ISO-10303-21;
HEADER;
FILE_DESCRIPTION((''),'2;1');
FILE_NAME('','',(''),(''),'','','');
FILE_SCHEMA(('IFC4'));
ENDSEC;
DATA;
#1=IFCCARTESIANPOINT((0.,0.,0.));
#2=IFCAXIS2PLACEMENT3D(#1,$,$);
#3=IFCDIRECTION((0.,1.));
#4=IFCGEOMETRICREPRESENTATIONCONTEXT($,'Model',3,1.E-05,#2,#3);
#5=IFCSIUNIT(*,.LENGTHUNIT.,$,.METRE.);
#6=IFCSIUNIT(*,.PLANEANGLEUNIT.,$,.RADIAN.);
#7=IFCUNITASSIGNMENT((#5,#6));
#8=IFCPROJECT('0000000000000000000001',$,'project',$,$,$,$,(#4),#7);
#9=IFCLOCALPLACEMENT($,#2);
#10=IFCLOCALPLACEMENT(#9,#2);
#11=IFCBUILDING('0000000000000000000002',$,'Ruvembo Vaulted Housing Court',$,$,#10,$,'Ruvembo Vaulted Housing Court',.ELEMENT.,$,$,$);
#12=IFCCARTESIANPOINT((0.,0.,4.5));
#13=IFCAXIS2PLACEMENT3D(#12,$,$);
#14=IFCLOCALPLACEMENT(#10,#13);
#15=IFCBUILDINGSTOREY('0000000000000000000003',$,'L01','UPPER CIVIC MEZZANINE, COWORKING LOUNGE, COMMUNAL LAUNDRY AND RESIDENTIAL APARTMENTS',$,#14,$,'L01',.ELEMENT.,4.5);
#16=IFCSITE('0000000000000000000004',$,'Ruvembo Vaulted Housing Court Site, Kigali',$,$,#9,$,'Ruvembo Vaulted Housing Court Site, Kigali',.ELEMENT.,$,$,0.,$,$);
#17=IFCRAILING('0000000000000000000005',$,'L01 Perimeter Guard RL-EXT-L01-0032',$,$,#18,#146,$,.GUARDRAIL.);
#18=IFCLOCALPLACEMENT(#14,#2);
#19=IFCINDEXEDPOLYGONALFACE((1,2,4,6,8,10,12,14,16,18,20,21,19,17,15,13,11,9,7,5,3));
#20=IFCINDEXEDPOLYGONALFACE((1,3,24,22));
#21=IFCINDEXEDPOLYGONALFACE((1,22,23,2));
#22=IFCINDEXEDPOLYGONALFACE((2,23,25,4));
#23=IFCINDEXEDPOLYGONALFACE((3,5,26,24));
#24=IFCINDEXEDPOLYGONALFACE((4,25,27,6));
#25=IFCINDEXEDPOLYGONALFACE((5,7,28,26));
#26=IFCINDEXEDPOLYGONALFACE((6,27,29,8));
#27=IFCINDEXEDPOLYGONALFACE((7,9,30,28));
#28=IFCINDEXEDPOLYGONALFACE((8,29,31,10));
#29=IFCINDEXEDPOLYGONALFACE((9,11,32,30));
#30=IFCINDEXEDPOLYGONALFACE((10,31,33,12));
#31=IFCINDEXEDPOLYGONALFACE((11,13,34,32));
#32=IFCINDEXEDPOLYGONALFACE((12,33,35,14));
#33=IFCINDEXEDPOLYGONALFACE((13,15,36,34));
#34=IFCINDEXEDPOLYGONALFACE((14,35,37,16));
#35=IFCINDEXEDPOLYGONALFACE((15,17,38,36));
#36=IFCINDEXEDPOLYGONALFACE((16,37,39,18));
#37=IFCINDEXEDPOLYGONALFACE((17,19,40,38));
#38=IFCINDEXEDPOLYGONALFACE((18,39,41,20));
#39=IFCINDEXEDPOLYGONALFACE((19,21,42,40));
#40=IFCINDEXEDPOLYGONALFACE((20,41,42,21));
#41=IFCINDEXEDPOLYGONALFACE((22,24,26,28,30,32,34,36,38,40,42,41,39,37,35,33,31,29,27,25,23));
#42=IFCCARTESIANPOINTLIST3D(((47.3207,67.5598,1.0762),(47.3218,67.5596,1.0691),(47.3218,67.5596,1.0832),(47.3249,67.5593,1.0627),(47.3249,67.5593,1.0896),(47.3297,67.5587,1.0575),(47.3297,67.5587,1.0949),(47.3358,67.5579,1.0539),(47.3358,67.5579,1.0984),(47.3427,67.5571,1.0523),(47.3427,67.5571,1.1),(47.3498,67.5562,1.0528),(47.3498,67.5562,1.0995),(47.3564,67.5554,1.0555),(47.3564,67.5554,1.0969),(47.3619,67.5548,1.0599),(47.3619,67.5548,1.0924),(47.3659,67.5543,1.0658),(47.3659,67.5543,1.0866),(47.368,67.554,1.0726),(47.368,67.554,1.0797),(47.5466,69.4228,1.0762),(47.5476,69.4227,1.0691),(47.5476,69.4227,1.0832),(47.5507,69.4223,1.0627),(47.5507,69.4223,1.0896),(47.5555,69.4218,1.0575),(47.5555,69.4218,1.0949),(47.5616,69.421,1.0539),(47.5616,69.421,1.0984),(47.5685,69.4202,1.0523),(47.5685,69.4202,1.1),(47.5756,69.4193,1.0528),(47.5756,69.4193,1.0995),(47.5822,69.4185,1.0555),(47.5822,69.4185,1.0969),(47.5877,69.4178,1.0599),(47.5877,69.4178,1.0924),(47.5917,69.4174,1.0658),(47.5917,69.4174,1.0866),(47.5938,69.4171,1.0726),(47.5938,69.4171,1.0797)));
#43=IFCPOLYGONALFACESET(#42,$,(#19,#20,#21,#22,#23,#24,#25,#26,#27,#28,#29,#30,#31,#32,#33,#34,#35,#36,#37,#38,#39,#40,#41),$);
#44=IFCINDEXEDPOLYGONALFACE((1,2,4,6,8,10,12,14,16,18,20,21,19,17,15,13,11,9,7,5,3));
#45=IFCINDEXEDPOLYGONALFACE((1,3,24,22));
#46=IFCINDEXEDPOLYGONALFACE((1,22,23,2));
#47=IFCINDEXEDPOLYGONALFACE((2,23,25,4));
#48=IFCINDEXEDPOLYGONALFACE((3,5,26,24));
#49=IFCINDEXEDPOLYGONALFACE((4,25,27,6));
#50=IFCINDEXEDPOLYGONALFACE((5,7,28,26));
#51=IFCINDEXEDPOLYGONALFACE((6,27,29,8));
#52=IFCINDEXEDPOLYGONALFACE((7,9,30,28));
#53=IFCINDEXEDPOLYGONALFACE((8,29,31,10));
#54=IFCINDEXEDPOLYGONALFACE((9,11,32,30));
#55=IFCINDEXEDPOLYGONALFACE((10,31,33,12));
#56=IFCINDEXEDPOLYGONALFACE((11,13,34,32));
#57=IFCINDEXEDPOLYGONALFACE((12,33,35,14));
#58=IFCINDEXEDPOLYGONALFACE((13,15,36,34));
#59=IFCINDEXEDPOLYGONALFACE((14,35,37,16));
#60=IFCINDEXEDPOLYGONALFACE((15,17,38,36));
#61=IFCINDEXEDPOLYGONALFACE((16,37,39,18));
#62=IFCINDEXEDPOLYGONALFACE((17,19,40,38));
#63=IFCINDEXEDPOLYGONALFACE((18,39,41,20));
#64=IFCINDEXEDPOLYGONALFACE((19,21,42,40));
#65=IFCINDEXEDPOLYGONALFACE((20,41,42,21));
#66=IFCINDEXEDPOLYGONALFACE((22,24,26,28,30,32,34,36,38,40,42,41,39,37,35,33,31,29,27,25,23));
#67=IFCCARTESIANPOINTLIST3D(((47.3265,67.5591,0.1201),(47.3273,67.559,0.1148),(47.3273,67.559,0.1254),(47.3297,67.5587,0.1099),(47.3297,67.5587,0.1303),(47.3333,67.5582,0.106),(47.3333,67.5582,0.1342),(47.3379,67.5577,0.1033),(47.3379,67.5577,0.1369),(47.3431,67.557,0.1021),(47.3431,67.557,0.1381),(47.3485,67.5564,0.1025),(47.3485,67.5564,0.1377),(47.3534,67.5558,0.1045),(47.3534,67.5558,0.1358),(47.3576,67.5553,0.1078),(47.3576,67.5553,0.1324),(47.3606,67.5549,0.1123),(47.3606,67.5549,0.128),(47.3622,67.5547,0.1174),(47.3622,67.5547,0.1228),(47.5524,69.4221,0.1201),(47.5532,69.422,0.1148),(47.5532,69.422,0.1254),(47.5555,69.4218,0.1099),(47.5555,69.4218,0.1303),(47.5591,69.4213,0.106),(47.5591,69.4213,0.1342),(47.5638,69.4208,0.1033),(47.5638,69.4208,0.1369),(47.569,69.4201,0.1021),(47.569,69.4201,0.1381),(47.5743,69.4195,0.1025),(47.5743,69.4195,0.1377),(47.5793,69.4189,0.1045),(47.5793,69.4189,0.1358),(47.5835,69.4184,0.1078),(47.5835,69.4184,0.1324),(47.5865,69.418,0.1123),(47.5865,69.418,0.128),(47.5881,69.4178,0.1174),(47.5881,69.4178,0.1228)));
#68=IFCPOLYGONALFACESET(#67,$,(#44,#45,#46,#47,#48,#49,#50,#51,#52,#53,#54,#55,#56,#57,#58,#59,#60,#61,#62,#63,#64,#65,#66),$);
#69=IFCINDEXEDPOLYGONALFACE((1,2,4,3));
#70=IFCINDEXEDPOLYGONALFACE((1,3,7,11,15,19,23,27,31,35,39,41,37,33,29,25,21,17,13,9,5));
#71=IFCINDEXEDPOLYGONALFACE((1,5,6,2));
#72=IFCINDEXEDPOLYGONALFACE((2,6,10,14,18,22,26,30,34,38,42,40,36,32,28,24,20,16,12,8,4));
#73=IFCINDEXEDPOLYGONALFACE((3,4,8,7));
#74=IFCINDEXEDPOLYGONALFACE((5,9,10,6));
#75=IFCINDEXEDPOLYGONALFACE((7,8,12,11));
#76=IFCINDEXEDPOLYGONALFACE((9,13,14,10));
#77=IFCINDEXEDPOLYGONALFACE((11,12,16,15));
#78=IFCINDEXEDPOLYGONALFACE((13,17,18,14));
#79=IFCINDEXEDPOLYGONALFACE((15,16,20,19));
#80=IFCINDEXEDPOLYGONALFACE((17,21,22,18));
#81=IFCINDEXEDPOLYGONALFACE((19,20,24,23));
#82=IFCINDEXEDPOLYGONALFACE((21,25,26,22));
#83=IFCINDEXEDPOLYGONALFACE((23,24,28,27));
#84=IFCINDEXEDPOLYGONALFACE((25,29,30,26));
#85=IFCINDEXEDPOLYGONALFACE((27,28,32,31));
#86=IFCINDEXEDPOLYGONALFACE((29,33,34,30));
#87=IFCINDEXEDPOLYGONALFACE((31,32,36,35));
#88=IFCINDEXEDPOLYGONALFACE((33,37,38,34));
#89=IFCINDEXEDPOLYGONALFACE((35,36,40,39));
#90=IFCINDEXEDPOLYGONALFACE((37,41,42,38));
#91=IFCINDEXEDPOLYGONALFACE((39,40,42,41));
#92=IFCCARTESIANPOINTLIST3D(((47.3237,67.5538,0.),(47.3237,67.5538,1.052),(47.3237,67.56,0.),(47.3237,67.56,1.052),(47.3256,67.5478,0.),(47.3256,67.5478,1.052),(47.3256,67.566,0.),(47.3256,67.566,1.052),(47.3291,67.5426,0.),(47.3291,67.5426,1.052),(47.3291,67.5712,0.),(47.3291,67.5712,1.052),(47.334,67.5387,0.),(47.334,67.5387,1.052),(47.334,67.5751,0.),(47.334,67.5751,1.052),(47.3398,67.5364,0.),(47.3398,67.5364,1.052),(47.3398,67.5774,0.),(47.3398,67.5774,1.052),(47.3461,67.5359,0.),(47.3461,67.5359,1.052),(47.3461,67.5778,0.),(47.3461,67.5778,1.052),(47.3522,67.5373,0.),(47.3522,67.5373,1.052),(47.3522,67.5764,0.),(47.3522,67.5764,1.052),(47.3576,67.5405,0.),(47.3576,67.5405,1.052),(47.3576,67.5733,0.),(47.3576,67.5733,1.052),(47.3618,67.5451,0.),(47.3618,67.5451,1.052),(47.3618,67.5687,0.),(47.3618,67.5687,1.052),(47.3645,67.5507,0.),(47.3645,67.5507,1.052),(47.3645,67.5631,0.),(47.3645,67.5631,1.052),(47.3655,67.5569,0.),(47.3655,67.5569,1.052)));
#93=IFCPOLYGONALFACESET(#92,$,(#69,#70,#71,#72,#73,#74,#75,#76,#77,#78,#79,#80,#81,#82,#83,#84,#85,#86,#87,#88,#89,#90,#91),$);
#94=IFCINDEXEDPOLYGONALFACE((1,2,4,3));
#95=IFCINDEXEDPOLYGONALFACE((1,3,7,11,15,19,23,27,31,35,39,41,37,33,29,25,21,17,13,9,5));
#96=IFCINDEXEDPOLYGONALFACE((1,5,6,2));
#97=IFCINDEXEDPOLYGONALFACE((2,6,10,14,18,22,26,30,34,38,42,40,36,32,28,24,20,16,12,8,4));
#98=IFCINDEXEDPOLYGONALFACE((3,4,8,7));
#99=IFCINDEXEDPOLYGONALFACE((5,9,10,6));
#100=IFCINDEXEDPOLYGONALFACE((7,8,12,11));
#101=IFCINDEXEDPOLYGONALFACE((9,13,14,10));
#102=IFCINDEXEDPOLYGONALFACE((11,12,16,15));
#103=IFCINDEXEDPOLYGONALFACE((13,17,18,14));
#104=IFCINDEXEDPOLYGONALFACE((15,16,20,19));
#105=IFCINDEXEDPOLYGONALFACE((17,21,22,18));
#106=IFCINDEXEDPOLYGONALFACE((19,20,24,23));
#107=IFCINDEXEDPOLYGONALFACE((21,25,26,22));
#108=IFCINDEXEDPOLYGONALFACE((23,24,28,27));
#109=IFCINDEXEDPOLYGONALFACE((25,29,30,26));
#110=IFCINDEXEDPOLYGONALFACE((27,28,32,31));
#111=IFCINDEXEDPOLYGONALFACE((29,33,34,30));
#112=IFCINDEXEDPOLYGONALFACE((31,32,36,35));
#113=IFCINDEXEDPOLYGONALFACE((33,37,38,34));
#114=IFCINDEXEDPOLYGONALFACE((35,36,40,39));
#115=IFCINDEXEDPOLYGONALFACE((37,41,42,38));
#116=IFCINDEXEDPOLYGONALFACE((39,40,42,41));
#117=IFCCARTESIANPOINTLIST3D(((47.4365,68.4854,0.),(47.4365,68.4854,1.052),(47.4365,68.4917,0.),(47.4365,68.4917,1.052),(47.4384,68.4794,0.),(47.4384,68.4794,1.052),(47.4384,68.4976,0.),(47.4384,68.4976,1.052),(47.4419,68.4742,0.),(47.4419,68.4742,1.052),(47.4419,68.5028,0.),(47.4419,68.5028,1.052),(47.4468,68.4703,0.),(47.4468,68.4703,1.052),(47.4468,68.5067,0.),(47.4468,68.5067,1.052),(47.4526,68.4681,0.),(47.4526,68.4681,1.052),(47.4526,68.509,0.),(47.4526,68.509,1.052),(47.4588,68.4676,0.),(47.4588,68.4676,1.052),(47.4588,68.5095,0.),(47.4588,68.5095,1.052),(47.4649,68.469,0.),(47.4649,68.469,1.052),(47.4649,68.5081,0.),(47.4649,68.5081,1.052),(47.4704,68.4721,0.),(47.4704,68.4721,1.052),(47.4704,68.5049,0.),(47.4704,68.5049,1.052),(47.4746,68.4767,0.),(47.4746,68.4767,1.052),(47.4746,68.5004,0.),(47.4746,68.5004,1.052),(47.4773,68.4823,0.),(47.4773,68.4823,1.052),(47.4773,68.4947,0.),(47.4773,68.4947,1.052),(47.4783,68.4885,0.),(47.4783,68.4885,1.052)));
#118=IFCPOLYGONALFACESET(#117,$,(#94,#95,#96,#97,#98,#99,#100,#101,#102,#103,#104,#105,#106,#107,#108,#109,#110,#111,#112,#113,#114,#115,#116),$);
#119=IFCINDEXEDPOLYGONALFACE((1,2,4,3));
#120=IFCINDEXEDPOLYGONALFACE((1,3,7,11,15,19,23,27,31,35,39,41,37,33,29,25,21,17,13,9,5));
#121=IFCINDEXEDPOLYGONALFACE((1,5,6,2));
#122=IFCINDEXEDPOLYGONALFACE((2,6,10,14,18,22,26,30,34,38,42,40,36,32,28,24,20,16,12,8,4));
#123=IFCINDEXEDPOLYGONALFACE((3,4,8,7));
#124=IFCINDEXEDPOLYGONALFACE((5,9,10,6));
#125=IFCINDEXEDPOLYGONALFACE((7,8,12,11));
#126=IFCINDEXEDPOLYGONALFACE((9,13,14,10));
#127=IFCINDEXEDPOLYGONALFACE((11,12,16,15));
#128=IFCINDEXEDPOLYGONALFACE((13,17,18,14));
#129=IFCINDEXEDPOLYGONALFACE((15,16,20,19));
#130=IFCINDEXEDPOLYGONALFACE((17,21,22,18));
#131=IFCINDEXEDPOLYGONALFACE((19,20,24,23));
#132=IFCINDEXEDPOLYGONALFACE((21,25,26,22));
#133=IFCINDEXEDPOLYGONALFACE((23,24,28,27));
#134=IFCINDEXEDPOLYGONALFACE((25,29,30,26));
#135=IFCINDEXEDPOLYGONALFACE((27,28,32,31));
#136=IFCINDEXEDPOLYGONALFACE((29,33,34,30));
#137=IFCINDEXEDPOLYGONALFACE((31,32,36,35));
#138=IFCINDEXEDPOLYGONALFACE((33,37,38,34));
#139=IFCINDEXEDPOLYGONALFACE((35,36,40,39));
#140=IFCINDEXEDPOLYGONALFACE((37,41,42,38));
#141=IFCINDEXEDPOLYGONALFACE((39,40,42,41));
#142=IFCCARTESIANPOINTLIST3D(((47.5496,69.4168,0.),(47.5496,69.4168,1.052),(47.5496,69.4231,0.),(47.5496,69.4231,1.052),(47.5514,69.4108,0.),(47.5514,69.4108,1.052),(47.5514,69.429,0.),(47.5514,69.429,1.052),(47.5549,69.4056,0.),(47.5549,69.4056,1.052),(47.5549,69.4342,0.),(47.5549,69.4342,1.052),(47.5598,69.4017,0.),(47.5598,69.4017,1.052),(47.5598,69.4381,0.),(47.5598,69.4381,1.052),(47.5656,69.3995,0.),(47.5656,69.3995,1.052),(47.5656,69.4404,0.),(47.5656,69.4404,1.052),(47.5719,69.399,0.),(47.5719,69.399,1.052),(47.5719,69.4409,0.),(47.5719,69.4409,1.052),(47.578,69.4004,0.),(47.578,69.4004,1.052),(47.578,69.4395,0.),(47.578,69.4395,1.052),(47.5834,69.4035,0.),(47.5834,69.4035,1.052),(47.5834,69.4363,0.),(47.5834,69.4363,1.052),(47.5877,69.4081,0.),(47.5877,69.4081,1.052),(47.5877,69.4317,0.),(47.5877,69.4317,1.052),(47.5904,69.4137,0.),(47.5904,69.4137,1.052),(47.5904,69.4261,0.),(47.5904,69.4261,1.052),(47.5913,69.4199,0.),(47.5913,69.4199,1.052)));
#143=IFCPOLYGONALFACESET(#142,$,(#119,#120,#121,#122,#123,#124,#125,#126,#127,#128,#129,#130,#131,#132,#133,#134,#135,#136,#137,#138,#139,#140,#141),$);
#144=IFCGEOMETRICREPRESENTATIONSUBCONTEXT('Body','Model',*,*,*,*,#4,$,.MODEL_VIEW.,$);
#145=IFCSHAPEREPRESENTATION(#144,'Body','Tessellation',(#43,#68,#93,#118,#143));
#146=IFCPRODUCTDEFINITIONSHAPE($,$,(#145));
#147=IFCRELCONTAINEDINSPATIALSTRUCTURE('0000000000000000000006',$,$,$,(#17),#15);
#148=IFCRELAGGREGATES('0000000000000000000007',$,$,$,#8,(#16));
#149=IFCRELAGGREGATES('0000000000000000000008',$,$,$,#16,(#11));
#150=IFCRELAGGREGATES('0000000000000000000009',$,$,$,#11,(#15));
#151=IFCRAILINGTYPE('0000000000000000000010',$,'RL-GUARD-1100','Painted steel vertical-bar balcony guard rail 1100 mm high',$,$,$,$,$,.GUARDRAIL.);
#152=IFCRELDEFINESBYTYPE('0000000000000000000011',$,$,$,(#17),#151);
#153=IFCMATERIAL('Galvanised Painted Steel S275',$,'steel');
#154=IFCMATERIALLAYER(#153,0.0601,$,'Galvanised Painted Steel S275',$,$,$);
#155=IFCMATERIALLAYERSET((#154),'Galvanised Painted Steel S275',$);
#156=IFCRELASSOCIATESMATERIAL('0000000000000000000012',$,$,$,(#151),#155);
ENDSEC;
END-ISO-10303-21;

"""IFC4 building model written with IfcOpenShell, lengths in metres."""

from ifc_helpers import new_model, si_unit, direction, frame, origin, origin_2d, place, context, subcontext, project, spatial, circle, extrude, material, layer, layer_set, type_object, element, save


model = new_model("IFC4")

# Units and contexts
model_context = context("Model", 3, precision=1e-05, world=origin(), true_north=direction((0.0, 1.0)))
body_context = subcontext(model_context, "Body", "Model", "MODEL_VIEW")
ifc_project = project(units=[si_unit("LENGTHUNIT", "METRE"), si_unit("PLANEANGLEUNIT", "RADIAN")], contexts=[model_context])

# Site, building, storey
site_placement = place(None, origin())
site = spatial("IfcSite", under=ifc_project, at=site_placement, Name="Ruvembo Vaulted Housing Court Site, Kigali", LongName="Ruvembo Vaulted Housing Court Site, Kigali", CompositionType="ELEMENT", RefElevation=0.0)
building_placement = place(site_placement, origin())
building = spatial("IfcBuilding", under=site, at=building_placement, Name="Ruvembo Vaulted Housing Court", LongName="Ruvembo Vaulted Housing Court", CompositionType="ELEMENT")
storey_placement = place(building_placement, frame((0.0, 0.0, 4.5)))
storey = spatial("IfcBuildingStorey", under=building, at=storey_placement, Name="L01", Description="UPPER CIVIC MEZZANINE, COWORKING LOUNGE, COMMUNAL LAUNDRY AND RESIDENTIAL APARTMENTS", LongName="L01", CompositionType="ELEMENT", Elevation=4.5)

# Railing
ifc_material_1 = material(Name="Galvanised Painted Steel S275", Category="steel")
ifc_layer = layer(ifc_material_1, 0.0601, Name="Galvanised Painted Steel S275")
ifc_layer_set = layer_set([ifc_layer], Name="Galvanised Painted Steel S275")
railing_type = type_object("IfcRailingType", Name="RL-GUARD-1100", Description="Painted steel vertical-bar balcony guard rail 1100 mm high", PredefinedType="GUARDRAIL", material=ifc_layer_set)
railing_1_placement = place(storey_placement, frame((47.3445, 67.5569, 0.0)))
element("IfcRailing", 1, at=railing_1_placement, inside=storey, type_object=railing_type, Name="L01 Perimeter Guard RL-EXT-L01-0032", PredefinedType="GUARDRAIL", context=body_context, shape_type="SweptSolid", body=[
    extrude(circle(Radius=0.0239, at=origin_2d()), frame((0.0, 0.0, 1.0762), z_axis=(0.120335, 0.992733, 0.0), x_axis=(-0.992733, 0.120335, 0.0)), (0.0, 0.0, 1.0), 1.8767),
    extrude(circle(Radius=0.0181, at=origin_2d()), frame((0.0, 0.0, 0.1201), z_axis=(0.120335, 0.992733, 0.0), x_axis=(-0.992733, 0.120335, 0.0)), (0.0, 0.0, 1.0), 1.8767),
    extrude(circle(Radius=0.021, at=origin_2d()), origin(), (0.0, 0.0, 1.0), 1.052),
    extrude(circle(Radius=0.021, at=origin_2d()), frame((0.1128, 0.9316, 0.0)), (0.0, 0.0, 1.0), 1.052),
    extrude(circle(Radius=0.021, at=origin_2d()), frame((0.2258, 1.863, 0.0)), (0.0, 0.0, 1.0), 1.052),
])

save(model, "model.ifc")
